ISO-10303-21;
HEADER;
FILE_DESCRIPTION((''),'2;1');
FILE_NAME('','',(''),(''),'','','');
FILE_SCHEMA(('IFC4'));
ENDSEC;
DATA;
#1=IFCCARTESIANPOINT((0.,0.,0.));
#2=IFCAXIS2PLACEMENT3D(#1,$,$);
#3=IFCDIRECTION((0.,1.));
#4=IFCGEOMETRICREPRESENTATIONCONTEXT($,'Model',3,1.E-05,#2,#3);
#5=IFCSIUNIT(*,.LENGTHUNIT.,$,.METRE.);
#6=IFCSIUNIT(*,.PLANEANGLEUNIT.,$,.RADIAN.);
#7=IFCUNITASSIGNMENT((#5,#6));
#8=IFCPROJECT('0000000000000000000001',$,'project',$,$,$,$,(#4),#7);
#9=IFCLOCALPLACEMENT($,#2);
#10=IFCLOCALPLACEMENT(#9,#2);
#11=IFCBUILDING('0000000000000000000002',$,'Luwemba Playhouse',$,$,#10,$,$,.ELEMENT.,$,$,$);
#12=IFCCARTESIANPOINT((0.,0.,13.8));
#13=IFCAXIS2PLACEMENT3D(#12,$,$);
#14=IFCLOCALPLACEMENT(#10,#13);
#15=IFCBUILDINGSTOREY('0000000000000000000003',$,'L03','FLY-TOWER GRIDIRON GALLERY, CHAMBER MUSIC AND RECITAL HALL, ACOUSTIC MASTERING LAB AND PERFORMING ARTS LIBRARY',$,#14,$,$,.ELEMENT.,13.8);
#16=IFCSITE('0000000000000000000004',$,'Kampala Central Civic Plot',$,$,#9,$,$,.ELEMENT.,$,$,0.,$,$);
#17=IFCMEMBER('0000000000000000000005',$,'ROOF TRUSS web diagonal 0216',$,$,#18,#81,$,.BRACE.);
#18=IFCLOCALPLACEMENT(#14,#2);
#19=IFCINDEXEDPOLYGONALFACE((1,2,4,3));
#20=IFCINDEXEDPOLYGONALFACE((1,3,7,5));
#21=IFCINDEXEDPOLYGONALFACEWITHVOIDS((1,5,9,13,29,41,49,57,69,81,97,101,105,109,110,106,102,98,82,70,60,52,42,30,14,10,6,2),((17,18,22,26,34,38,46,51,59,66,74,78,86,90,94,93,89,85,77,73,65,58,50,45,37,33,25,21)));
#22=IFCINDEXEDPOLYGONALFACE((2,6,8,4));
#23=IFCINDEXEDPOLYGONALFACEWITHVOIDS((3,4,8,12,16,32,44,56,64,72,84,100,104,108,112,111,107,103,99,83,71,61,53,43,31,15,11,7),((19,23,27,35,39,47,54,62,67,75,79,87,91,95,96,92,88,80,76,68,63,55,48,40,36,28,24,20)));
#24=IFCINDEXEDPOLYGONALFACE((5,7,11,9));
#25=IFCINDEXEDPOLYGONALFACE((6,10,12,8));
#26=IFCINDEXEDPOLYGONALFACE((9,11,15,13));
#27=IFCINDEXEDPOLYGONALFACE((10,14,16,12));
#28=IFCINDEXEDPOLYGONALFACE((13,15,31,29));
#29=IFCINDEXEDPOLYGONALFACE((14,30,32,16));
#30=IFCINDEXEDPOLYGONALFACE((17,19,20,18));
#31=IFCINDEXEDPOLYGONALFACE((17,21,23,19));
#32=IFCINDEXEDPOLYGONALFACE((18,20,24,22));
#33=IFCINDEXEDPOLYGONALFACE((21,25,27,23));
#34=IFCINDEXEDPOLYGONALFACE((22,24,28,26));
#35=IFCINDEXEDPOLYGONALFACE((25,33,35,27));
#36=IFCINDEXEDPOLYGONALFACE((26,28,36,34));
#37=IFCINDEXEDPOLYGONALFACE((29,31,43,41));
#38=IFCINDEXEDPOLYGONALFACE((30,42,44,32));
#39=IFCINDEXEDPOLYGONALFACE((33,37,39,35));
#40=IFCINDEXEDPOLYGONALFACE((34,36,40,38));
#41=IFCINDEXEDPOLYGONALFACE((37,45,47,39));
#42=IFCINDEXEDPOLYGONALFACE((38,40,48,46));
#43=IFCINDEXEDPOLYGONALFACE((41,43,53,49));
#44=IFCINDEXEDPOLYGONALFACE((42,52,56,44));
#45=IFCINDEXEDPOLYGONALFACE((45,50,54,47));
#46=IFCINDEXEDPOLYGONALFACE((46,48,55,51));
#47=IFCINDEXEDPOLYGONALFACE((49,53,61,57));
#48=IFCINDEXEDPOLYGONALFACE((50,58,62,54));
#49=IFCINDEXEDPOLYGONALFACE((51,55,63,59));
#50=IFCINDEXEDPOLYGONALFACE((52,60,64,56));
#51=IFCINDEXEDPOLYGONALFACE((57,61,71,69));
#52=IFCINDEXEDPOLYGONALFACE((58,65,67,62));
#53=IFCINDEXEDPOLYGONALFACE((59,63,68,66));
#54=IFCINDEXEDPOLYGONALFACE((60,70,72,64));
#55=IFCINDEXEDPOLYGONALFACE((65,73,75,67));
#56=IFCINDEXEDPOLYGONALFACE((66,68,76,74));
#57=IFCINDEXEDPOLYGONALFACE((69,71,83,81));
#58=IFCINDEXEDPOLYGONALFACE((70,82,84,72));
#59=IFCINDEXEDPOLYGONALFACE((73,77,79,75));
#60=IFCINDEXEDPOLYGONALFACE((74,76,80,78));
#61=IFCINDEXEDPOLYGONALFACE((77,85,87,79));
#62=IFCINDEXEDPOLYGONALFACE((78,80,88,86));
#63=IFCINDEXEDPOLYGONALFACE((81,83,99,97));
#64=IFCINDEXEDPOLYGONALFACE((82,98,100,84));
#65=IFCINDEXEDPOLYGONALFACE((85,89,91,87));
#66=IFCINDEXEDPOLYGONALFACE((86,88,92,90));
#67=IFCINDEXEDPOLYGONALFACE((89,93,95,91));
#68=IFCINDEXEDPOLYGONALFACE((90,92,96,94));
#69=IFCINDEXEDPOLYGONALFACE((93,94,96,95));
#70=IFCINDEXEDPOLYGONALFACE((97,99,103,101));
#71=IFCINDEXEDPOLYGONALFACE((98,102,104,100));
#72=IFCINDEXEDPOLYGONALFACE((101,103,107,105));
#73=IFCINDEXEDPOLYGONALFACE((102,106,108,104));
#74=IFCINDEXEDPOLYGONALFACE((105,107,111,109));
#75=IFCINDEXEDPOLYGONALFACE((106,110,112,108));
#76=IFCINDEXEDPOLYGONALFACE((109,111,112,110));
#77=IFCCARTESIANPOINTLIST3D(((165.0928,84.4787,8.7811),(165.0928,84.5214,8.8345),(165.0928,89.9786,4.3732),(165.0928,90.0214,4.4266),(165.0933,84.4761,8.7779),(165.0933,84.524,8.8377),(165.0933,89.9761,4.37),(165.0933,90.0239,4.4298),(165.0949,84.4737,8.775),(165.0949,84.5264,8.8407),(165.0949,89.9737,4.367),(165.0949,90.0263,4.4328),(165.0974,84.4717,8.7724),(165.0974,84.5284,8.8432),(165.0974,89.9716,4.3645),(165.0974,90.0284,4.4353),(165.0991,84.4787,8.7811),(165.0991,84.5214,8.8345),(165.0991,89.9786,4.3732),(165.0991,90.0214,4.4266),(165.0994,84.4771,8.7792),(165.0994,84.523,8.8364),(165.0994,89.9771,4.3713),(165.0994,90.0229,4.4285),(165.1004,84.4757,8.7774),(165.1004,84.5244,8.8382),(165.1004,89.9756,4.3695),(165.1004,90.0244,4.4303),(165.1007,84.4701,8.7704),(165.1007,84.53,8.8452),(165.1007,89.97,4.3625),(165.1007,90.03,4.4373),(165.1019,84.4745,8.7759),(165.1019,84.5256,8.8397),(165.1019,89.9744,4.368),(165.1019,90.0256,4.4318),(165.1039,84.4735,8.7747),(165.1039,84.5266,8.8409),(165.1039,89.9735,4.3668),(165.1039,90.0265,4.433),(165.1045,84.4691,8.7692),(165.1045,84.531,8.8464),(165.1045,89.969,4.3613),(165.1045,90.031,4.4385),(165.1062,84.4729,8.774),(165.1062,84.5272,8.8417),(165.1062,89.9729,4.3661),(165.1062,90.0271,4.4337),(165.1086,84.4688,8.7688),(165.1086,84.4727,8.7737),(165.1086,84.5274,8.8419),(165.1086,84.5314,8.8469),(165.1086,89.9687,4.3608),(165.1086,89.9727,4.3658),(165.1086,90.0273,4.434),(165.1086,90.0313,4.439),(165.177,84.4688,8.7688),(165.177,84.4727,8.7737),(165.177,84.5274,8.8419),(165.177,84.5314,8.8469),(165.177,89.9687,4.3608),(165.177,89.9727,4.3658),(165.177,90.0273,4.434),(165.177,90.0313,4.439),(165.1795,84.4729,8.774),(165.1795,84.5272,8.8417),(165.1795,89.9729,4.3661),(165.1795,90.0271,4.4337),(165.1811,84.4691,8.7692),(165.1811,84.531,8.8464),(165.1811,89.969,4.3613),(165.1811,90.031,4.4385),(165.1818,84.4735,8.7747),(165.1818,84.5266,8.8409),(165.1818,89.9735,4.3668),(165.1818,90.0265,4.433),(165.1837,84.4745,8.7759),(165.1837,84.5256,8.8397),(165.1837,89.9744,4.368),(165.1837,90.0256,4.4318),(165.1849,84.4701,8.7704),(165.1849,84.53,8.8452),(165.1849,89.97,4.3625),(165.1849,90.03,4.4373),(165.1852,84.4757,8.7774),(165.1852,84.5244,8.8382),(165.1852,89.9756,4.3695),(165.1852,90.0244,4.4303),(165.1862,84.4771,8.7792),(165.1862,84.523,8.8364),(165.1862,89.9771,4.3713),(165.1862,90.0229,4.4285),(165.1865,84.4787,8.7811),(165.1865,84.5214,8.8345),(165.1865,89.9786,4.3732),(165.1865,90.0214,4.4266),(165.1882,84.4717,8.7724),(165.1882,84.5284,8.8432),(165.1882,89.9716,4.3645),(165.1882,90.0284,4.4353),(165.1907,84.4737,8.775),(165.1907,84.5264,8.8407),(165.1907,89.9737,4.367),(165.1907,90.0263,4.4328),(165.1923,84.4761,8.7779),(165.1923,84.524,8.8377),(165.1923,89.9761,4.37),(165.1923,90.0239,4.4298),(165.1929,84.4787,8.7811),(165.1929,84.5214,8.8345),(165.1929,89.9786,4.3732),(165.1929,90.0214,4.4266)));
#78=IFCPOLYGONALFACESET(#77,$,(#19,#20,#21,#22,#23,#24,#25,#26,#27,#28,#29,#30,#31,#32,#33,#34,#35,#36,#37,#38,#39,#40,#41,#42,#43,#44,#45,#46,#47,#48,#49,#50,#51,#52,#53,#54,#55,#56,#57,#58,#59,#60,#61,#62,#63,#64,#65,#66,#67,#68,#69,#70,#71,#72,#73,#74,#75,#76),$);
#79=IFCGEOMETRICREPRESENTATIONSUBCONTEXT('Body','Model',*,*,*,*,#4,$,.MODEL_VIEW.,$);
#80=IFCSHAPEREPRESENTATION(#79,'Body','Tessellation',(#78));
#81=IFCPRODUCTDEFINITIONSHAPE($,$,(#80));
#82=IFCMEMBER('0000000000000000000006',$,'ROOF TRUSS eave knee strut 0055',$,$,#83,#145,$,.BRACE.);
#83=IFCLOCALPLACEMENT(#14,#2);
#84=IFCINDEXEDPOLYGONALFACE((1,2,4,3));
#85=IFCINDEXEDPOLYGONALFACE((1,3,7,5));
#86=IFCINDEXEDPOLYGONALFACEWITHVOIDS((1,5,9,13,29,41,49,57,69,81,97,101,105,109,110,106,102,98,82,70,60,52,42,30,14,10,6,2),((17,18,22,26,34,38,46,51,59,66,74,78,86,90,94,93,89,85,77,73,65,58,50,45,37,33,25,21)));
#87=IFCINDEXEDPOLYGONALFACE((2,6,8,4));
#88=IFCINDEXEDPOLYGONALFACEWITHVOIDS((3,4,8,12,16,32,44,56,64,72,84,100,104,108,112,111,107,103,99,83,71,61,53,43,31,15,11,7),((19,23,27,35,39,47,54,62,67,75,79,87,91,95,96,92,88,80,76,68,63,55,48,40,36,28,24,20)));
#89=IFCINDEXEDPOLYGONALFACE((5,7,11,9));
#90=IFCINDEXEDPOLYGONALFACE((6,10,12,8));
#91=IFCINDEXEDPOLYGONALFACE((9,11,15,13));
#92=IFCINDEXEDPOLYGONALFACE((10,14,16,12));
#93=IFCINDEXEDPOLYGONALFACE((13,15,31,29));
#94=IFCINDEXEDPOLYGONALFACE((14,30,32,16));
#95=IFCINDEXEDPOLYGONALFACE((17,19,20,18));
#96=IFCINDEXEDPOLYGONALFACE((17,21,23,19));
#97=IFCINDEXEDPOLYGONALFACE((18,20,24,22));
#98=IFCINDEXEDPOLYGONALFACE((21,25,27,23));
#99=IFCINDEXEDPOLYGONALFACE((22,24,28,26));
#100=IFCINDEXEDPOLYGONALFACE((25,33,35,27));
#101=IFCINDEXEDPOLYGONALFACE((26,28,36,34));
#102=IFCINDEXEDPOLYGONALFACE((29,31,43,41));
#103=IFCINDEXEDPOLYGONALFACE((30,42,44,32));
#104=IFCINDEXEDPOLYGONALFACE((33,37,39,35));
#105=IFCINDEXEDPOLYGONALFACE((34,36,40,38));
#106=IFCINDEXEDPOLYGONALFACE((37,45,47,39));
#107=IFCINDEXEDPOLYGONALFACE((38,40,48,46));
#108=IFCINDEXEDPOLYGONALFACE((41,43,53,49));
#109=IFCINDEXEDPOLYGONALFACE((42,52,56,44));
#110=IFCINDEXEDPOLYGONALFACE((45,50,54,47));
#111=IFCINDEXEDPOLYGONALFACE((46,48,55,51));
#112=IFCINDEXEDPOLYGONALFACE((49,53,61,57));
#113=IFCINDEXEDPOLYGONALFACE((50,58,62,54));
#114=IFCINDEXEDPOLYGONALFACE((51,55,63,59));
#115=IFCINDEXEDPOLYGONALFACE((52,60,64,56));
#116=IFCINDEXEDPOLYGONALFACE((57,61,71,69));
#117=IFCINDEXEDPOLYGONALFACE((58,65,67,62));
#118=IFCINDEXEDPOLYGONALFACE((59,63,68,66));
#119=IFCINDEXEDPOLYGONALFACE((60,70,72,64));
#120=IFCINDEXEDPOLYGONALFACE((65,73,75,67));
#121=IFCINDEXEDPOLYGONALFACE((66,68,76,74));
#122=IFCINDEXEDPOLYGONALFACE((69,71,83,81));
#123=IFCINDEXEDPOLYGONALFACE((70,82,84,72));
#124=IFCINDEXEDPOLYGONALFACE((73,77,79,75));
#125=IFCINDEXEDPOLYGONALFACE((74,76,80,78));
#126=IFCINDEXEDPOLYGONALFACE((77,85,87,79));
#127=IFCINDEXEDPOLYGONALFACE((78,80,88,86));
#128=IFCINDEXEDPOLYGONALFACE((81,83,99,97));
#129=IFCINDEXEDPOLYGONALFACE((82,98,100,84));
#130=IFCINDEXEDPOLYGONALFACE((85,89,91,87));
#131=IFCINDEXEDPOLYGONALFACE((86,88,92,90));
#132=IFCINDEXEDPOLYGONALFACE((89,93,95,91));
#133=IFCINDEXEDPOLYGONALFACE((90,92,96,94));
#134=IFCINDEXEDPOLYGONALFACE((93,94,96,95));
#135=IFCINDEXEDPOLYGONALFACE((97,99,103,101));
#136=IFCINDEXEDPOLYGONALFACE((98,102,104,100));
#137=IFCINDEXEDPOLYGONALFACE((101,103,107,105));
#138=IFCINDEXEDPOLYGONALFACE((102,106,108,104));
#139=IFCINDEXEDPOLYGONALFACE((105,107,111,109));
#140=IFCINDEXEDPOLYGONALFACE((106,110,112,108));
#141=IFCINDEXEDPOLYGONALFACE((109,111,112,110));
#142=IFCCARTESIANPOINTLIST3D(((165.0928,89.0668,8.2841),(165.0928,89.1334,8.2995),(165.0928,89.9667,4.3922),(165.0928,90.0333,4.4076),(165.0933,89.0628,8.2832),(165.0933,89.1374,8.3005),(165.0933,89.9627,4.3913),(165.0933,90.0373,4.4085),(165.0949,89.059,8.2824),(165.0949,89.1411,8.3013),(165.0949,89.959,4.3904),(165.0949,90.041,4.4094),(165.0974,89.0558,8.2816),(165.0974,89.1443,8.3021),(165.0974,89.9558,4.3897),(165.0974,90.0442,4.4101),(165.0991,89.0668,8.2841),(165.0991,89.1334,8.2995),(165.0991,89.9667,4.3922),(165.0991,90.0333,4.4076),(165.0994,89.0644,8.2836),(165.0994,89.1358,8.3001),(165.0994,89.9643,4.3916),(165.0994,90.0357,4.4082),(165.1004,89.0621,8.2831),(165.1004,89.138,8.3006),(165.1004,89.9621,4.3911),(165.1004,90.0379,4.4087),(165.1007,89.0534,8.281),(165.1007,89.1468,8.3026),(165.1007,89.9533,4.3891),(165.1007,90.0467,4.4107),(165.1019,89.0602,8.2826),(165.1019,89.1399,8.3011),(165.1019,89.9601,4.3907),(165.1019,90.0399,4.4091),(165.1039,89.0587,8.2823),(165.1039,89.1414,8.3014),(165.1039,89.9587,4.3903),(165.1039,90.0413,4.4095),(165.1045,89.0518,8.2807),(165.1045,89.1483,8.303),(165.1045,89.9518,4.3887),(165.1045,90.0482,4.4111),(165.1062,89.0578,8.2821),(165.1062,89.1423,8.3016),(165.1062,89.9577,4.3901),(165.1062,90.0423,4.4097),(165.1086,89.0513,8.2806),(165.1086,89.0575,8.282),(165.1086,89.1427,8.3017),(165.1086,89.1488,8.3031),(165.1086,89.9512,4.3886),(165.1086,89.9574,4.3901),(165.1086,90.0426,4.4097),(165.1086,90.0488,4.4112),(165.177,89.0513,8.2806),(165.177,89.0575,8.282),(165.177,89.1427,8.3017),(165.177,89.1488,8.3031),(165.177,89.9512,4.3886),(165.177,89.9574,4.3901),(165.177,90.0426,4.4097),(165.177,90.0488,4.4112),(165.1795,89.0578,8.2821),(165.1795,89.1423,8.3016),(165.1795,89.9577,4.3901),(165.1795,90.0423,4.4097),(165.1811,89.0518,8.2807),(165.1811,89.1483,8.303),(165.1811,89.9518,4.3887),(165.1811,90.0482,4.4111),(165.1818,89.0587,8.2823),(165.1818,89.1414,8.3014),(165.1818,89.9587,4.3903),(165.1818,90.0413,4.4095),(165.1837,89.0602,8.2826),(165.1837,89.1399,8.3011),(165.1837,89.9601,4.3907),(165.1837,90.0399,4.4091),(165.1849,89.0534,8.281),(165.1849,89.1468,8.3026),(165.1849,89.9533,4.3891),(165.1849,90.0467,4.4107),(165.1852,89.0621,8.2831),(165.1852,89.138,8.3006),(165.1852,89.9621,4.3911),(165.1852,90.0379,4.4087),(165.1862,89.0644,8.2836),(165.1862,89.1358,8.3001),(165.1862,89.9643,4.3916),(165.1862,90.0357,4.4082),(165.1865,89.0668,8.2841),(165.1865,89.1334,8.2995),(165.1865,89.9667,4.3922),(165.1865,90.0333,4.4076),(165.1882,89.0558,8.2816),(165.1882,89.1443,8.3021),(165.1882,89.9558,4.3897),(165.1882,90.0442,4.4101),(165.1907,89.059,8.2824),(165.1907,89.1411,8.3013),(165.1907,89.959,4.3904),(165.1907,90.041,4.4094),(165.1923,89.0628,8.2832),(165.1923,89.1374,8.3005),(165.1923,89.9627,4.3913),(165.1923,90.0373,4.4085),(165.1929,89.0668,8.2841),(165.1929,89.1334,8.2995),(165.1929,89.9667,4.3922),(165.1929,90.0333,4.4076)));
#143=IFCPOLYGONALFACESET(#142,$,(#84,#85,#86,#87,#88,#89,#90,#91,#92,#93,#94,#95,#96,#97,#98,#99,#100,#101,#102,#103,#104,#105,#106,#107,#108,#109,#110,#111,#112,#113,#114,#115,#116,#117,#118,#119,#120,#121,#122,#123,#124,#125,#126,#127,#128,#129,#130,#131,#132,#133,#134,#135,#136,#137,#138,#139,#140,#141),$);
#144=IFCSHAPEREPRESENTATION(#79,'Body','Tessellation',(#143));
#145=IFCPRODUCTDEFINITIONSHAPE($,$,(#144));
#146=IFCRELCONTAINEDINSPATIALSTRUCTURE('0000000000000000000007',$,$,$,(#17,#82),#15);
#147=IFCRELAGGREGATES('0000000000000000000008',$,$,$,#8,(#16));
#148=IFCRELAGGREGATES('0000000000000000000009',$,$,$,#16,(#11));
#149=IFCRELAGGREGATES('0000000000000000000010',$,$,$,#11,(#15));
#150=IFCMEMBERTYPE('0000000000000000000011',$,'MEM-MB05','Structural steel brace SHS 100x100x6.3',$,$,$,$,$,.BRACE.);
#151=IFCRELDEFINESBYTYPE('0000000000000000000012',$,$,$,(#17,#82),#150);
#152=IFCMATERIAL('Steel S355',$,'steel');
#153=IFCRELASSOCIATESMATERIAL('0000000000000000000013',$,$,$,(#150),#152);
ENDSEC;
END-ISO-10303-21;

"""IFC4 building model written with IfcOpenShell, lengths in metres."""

from ifc_helpers import new_model, si_unit, direction, frame, origin, origin_2d, place, context, subcontext, project, spatial, hollow_rectangle, extrude, material, material_profile, profile_set, type_object, element, save


model = new_model("IFC4")

# Units and contexts
model_context = context("Model", 3, precision=1e-05, world=origin(), true_north=direction((0.0, 1.0)))
body_context = subcontext(model_context, "Body", "Model", "MODEL_VIEW")
ifc_project = project(units=[si_unit("LENGTHUNIT", "METRE"), si_unit("PLANEANGLEUNIT", "RADIAN")], contexts=[model_context])

# Site, building, storey
site_placement = place(None, origin())
site = spatial("IfcSite", under=ifc_project, at=site_placement, Name="Kampala Central Civic Plot", CompositionType="ELEMENT", RefElevation=0.0)
building_placement = place(site_placement, origin())
building = spatial("IfcBuilding", under=site, at=building_placement, Name="Luwemba Playhouse", CompositionType="ELEMENT")
storey_placement = place(building_placement, frame((0.0, 0.0, 13.8)))
storey = spatial("IfcBuildingStorey", under=building, at=storey_placement, Name="L03", Description="FLY-TOWER GRIDIRON GALLERY, CHAMBER MUSIC AND RECITAL HALL, ACOUSTIC MASTERING LAB AND PERFORMING ARTS LIBRARY", CompositionType="ELEMENT", Elevation=13.8)

# Shared definitions
ifc_material_1 = material(Name="Steel S355", Category="steel")

# Members
ifc_material_profile_1 = material_profile(ifc_material_1, hollow_rectangle(XDim=0.1001, YDim=0.1001, WallThickness=0.0063, InnerFilletRadius=0.0095, OuterFilletRadius=0.0159, at=origin_2d()))
ifc_profile_set_1 = profile_set([ifc_material_profile_1], Name="Steel S355")
member_type_1 = type_object("IfcMemberType", Name="MEM-MB05", Description="Structural steel brace SHS 100x100x6.3", PredefinedType="BRACE", material=ifc_profile_set_1)
member_1_placement = place(storey_placement, frame((165.1428, 90.0, 4.3999), z_axis=(0.0, -0.780318, 0.625383), x_axis=(1.0, 0.0, 0.0)))
element("IfcMember", 1, at=member_1_placement, inside=storey, type_object=member_type_1, Name="ROOF TRUSS web diagonal 0216", PredefinedType="BRACE", context=body_context, shape_type="SweptSolid", body=[
    extrude(hollow_rectangle(XDim=0.1001, YDim=0.1001, WallThickness=0.0063, InnerFilletRadius=0.0095, OuterFilletRadius=0.0159, at=origin_2d()), origin(), (0.0, 0.0, 1.0), 7.0483),
])
member_2_placement = place(storey_placement, frame((165.1428, 90.0, 4.3999), z_axis=(0.0, -0.225284, 0.974293), x_axis=(1.0, 0.0, 0.0)))
element("IfcMember", 2, at=member_2_placement, inside=storey, type_object=member_type_1, Name="ROOF TRUSS eave knee strut 0055", PredefinedType="BRACE", context=body_context, shape_type="SweptSolid", body=[
    extrude(hollow_rectangle(XDim=0.1001, YDim=0.1001, WallThickness=0.0063, InnerFilletRadius=0.0095, OuterFilletRadius=0.0159, at=origin_2d()), origin(), (0.0, 0.0, 1.0), 3.9946),
])

save(model, "model.ifc")
